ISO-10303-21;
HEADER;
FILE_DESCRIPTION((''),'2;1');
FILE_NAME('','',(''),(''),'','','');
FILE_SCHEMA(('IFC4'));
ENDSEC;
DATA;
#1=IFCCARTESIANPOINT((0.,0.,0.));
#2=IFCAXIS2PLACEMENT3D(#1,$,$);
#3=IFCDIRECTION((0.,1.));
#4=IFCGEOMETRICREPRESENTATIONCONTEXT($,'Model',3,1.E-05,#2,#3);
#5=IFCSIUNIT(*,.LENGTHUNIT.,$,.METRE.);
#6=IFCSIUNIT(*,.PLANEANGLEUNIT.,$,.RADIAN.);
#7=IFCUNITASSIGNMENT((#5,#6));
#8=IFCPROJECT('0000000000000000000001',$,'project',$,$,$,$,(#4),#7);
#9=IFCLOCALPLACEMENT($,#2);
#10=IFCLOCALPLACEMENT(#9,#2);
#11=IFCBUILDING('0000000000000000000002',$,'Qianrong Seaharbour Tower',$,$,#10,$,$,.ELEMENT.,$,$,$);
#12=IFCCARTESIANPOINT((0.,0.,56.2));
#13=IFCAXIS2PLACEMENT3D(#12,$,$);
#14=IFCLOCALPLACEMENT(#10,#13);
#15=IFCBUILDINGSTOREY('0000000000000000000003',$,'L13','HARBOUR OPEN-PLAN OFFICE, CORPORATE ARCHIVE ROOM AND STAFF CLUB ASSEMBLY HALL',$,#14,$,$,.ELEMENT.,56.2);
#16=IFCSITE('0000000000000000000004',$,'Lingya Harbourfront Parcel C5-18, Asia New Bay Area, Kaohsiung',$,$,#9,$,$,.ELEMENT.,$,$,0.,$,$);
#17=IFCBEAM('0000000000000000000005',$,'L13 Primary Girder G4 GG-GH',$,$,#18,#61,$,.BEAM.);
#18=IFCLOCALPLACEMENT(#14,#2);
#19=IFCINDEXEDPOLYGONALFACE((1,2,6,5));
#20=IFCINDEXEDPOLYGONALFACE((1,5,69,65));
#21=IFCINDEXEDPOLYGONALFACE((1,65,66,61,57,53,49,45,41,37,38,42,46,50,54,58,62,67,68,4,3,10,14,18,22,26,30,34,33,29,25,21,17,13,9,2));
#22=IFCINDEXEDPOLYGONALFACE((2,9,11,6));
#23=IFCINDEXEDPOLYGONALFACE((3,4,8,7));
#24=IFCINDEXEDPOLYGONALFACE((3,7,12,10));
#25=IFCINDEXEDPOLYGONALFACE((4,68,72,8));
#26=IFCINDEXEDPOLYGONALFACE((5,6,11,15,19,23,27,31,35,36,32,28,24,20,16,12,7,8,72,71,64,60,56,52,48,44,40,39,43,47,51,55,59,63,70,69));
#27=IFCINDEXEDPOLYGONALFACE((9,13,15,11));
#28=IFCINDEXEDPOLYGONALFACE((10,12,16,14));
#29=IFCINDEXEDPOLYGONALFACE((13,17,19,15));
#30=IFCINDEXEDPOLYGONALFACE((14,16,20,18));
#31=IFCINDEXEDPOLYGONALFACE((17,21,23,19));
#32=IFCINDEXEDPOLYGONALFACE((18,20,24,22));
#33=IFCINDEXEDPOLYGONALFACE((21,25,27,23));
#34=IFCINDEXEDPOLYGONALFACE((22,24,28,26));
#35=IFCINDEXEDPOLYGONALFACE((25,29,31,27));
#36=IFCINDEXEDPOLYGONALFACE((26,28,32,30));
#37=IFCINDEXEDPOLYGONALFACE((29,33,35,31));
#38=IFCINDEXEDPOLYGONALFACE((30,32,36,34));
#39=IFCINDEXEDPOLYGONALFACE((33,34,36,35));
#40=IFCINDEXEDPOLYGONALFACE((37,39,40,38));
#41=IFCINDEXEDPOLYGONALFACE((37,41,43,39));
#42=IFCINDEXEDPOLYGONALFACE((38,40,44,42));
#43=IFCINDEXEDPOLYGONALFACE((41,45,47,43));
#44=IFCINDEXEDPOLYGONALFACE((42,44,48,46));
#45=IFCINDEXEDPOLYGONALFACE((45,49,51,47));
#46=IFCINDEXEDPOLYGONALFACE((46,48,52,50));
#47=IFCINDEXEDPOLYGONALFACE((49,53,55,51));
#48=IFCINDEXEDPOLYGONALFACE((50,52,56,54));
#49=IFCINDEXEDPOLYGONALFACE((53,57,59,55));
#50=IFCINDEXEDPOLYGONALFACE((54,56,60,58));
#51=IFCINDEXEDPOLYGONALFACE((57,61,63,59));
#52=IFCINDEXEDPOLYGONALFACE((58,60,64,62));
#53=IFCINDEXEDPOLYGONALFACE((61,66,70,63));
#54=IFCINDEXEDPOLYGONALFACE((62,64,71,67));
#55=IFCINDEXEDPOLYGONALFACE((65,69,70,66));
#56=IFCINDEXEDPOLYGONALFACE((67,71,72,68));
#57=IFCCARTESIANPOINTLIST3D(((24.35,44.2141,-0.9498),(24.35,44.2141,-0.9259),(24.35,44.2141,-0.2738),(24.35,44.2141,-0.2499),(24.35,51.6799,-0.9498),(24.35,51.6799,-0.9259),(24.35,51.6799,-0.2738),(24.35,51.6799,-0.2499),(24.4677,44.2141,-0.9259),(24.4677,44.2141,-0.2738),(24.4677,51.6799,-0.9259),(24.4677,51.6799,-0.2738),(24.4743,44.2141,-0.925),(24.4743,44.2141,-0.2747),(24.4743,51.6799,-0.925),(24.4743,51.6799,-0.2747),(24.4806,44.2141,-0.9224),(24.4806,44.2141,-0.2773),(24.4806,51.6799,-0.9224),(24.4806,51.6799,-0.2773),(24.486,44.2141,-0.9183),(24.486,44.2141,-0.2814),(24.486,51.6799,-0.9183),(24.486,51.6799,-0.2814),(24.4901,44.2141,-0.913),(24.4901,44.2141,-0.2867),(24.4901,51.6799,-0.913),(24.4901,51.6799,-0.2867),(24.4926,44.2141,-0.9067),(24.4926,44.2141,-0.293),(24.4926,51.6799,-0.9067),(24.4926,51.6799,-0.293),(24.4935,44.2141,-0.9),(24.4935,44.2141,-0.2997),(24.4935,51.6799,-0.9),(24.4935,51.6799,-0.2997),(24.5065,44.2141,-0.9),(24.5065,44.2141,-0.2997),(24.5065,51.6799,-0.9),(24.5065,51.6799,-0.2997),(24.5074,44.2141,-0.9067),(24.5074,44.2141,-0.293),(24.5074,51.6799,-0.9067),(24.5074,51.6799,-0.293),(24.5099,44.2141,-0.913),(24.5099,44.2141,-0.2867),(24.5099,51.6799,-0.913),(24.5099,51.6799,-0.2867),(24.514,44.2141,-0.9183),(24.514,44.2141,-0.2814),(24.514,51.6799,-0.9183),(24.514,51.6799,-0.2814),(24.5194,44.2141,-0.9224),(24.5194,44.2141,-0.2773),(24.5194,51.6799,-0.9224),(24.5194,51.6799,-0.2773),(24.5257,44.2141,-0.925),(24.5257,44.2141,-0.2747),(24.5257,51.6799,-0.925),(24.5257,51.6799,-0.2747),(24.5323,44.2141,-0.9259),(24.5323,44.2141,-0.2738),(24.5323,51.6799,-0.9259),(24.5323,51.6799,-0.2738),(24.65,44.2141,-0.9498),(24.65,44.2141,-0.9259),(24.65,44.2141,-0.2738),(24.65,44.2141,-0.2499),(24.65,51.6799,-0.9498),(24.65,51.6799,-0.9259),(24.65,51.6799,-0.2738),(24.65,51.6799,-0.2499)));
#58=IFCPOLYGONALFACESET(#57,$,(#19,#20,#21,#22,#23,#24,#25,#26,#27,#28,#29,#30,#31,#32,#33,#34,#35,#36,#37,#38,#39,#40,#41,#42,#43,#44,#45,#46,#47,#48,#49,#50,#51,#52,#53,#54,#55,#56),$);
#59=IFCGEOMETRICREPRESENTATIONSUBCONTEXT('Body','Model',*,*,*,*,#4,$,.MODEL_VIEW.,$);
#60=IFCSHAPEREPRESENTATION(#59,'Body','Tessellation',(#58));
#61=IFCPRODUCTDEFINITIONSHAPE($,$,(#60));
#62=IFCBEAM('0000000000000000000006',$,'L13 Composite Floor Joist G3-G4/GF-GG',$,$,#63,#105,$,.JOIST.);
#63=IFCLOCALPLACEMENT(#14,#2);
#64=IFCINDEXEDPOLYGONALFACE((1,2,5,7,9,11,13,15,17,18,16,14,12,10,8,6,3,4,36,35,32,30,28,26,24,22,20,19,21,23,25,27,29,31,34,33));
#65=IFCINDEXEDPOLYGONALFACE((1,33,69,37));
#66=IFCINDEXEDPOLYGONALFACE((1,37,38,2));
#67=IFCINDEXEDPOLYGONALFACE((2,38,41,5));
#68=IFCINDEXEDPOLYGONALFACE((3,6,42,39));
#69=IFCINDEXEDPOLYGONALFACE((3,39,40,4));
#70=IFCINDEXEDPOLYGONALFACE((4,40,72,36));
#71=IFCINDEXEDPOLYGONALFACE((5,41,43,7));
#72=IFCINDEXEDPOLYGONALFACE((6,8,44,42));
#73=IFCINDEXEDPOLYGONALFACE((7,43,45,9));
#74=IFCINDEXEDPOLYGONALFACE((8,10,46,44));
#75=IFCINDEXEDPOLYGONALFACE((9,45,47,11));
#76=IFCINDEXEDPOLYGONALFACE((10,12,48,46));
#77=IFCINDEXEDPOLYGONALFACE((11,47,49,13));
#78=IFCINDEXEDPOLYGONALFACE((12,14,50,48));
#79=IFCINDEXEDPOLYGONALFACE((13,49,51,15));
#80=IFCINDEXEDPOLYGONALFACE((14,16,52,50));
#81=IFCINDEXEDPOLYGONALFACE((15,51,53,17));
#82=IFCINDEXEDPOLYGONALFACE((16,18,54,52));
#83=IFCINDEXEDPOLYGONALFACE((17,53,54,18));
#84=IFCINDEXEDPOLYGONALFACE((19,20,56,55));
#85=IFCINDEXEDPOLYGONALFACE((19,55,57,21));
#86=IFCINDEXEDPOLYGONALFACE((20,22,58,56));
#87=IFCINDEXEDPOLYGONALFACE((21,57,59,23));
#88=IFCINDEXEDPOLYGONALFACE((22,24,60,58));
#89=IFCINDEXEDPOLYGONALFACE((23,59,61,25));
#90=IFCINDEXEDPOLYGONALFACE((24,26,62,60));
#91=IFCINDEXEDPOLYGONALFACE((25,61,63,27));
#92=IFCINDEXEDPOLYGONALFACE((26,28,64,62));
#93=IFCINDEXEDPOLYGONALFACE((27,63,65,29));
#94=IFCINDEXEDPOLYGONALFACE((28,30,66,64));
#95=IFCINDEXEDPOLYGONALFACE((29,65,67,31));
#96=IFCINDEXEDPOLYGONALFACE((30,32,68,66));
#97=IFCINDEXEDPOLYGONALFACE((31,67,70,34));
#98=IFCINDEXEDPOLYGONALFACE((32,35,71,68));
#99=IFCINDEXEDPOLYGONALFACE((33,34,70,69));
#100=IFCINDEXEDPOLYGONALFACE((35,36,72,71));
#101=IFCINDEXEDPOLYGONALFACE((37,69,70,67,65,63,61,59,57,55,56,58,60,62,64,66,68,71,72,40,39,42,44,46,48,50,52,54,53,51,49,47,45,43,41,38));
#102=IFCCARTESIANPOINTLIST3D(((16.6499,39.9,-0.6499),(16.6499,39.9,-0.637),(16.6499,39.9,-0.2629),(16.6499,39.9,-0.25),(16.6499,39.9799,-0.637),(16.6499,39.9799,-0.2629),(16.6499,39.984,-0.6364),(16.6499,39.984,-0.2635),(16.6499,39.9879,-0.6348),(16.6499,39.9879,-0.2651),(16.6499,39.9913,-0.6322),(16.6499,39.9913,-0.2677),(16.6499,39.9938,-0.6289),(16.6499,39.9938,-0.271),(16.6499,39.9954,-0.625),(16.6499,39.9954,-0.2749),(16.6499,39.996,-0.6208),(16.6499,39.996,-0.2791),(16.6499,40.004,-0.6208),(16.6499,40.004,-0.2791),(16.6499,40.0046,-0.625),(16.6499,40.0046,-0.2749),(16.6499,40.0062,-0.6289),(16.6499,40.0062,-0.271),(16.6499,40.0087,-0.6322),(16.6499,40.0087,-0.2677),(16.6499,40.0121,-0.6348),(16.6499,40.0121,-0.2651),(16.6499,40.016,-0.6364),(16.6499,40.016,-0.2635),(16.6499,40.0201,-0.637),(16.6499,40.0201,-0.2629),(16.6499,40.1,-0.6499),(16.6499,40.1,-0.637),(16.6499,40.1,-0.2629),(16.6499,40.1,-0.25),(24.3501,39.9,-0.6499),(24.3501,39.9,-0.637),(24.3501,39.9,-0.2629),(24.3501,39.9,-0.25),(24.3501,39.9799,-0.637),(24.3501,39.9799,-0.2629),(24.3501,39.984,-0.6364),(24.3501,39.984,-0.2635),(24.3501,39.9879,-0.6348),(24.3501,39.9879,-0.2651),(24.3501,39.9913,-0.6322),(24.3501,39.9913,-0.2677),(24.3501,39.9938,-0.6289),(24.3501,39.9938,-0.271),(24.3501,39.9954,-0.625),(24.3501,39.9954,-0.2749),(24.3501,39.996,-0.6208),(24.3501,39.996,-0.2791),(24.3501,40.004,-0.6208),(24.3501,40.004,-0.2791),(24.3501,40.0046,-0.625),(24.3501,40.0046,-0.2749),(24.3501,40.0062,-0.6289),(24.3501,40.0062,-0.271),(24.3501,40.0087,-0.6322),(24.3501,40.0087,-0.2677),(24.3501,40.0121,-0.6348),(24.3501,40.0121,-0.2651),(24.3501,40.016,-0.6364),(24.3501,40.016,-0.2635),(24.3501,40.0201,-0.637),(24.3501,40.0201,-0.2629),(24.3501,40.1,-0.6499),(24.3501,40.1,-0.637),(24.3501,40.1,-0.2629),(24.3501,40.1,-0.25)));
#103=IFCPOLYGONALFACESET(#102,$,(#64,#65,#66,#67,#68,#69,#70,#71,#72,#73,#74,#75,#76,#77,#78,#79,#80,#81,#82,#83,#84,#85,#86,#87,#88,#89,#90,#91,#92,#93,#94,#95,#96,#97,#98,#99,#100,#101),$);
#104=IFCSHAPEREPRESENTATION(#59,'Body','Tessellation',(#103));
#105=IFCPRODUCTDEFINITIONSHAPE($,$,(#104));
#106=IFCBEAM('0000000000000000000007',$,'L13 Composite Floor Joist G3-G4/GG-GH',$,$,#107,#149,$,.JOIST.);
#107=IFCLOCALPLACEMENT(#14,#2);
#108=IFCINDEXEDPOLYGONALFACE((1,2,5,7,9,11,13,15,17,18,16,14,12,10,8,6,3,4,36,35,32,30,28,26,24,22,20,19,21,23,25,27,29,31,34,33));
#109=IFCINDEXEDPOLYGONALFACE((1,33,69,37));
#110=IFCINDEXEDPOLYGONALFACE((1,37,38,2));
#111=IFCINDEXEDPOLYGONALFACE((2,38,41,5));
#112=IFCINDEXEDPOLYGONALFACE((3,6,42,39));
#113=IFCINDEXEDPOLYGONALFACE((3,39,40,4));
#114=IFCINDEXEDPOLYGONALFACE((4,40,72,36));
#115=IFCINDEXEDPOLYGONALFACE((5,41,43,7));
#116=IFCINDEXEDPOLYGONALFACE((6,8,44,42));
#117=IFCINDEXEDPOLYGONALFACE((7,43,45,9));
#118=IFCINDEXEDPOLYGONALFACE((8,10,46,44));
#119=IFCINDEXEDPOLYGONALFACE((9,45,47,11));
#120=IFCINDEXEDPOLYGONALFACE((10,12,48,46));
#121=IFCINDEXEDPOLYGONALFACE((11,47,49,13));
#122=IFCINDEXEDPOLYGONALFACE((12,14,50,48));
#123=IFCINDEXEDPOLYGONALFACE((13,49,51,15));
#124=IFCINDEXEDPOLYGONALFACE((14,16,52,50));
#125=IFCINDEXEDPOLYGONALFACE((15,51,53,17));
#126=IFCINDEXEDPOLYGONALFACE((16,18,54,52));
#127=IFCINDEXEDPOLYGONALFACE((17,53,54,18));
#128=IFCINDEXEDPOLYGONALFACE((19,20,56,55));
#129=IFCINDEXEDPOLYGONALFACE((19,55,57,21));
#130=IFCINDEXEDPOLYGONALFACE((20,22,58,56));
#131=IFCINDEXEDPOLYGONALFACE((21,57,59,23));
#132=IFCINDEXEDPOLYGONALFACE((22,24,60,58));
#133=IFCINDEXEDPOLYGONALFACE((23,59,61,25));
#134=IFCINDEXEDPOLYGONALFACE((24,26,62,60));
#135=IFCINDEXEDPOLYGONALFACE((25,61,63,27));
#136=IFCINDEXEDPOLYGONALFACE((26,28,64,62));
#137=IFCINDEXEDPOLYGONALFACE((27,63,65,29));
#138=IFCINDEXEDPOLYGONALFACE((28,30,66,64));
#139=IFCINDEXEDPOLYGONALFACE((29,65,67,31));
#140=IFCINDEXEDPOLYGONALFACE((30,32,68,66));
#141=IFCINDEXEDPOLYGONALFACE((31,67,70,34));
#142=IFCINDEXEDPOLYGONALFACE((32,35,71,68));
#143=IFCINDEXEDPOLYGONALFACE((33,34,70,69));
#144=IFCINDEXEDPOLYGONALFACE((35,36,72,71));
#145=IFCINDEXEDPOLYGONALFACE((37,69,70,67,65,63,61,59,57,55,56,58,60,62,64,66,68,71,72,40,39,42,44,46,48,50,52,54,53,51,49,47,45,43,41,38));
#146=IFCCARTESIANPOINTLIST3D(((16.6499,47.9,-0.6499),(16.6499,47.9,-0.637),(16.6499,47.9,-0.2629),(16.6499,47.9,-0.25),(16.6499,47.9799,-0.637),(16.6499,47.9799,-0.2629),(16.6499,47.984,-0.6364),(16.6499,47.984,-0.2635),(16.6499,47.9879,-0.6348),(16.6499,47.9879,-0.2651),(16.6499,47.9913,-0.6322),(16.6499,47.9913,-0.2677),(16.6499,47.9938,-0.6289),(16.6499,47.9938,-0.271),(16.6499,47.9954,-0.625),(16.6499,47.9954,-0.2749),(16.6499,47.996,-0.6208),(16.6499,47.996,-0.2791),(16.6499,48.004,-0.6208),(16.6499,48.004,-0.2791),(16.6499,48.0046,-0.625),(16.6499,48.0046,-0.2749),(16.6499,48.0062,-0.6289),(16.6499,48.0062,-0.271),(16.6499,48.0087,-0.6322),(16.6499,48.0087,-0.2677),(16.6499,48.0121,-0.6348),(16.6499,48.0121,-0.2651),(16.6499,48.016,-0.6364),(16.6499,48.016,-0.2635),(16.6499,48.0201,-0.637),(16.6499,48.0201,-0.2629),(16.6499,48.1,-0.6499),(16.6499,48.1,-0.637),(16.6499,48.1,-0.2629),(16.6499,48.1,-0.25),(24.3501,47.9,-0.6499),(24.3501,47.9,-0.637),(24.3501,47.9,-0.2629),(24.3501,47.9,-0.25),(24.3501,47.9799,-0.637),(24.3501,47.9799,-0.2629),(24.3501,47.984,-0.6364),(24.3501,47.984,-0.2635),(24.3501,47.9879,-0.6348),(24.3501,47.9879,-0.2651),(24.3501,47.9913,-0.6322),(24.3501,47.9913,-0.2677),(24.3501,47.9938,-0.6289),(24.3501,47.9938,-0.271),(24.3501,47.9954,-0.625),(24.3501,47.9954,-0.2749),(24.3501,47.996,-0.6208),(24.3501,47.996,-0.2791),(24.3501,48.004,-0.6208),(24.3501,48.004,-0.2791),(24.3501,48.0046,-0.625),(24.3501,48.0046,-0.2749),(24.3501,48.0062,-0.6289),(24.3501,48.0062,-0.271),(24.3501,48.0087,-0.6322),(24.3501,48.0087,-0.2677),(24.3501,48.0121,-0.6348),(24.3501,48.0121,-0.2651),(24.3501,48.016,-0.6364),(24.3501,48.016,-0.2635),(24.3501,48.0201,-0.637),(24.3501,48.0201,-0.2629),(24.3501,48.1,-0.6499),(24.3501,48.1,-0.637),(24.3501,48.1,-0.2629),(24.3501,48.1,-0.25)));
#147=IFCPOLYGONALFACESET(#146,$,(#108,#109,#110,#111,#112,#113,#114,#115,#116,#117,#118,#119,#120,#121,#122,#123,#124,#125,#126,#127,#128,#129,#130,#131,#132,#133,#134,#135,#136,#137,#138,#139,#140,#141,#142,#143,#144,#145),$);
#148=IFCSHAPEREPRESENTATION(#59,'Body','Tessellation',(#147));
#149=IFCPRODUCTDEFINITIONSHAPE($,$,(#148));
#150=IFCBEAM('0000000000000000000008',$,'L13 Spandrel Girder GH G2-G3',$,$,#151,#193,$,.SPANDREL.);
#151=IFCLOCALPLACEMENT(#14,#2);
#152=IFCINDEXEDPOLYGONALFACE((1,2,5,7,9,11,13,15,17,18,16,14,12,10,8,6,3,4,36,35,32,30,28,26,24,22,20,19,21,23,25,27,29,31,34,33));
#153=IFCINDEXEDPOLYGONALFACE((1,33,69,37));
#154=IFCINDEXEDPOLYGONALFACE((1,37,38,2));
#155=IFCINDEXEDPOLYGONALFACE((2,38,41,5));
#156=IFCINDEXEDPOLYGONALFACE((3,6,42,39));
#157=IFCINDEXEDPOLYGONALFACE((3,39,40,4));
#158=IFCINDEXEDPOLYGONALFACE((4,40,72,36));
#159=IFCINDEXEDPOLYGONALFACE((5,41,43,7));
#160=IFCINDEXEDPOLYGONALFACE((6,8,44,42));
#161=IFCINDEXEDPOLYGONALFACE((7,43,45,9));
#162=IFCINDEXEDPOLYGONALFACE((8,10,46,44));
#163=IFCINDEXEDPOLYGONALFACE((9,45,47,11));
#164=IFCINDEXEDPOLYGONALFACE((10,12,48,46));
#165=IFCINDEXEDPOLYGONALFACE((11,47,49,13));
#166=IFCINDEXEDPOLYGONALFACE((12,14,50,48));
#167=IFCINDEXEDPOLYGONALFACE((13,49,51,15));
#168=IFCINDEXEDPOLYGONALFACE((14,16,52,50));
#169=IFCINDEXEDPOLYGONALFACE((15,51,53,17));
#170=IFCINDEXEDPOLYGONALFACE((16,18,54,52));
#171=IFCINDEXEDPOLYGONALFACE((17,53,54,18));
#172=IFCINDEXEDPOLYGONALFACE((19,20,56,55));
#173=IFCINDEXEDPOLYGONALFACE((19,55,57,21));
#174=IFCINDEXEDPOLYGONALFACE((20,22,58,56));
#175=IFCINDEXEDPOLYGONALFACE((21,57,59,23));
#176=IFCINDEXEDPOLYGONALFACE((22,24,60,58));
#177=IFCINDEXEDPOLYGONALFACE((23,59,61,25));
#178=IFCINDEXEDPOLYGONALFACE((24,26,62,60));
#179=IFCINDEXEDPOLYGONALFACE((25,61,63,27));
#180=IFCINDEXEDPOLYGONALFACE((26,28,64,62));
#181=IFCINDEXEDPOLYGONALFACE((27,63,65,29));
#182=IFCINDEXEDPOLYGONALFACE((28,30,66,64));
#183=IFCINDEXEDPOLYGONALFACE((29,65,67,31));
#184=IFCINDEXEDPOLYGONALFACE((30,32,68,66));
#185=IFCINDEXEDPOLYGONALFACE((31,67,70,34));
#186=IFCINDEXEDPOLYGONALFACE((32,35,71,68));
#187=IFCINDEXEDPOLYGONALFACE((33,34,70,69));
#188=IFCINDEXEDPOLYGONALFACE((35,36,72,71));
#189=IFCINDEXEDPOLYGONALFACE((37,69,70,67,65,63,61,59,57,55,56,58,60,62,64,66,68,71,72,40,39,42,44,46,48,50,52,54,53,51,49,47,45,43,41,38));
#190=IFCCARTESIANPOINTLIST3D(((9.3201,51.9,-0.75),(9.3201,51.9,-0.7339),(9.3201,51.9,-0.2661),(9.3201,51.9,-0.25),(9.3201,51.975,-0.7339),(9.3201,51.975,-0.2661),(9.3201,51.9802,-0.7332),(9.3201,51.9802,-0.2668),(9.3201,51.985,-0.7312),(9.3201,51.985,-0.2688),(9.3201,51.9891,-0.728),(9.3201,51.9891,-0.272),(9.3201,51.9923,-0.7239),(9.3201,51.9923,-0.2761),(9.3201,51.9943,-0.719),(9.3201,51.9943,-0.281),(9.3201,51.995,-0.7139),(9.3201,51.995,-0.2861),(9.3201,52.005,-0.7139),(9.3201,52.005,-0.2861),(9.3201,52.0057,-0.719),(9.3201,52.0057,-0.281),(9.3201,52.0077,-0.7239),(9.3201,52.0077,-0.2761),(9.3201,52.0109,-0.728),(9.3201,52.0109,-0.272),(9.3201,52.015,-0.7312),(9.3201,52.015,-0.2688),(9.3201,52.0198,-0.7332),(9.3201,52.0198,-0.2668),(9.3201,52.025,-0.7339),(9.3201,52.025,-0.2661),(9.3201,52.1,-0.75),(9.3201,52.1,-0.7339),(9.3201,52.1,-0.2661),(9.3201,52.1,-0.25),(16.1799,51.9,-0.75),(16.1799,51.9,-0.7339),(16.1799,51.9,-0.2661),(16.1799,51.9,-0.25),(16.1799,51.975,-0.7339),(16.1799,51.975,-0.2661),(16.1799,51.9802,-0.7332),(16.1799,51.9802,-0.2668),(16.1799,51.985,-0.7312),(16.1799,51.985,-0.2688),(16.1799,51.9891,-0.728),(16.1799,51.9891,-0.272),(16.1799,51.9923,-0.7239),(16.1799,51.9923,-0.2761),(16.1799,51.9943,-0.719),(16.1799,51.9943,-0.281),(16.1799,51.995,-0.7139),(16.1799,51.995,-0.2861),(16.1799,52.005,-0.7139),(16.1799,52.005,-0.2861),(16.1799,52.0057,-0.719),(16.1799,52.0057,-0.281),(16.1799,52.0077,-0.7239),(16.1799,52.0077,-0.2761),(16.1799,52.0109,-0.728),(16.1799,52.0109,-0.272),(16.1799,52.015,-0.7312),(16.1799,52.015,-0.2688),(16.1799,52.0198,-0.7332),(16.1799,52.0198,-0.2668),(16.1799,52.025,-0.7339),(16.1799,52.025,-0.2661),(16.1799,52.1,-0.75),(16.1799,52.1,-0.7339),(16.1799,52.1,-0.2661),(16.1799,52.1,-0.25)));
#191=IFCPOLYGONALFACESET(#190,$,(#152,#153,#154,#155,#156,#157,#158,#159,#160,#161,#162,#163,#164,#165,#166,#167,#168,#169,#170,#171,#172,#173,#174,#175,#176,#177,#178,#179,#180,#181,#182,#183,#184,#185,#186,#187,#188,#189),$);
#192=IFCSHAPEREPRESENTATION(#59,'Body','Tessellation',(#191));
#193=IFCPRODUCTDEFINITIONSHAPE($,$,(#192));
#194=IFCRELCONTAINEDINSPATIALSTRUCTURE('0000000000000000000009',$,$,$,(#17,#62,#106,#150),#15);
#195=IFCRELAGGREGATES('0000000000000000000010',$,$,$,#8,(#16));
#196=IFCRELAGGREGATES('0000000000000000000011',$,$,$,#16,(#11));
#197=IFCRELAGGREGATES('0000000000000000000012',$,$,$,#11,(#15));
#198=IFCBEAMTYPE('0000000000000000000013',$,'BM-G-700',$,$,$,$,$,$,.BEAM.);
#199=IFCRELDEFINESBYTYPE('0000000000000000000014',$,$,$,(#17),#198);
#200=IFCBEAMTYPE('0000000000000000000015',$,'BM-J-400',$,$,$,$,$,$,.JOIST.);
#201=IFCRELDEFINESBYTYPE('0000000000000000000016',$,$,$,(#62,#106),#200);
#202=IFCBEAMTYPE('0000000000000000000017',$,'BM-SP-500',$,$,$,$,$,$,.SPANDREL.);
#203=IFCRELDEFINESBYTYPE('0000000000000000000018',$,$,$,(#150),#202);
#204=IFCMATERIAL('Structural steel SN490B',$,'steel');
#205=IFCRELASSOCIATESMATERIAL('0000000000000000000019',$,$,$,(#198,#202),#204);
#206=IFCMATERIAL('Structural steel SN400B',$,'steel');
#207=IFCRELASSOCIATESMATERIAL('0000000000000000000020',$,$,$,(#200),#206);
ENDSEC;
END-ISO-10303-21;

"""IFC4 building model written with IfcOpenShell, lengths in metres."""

from ifc_helpers import new_model, si_unit, direction, frame, origin, origin_2d, place, context, subcontext, project, spatial, i_section, extrude, material, material_profile, profile_set, type_object, element, save


model = new_model("IFC4")

# Units and contexts
model_context = context("Model", 3, precision=1e-05, world=origin(), true_north=direction((0.0, 1.0)))
body_context = subcontext(model_context, "Body", "Model", "MODEL_VIEW")
ifc_project = project(units=[si_unit("LENGTHUNIT", "METRE"), si_unit("PLANEANGLEUNIT", "RADIAN")], contexts=[model_context])

# Site, building, storey
site_placement = place(None, origin())
site = spatial("IfcSite", under=ifc_project, at=site_placement, Name="Lingya Harbourfront Parcel C5-18, Asia New Bay Area, Kaohsiung", CompositionType="ELEMENT", RefElevation=0.0)
building_placement = place(site_placement, origin())
building = spatial("IfcBuilding", under=site, at=building_placement, Name="Qianrong Seaharbour Tower", CompositionType="ELEMENT")
storey_placement = place(building_placement, frame((0.0, 0.0, 56.2)))
storey = spatial("IfcBuildingStorey", under=building, at=storey_placement, Name="L13", Description="HARBOUR OPEN-PLAN OFFICE, CORPORATE ARCHIVE ROOM AND STAFF CLUB ASSEMBLY HALL", CompositionType="ELEMENT", Elevation=56.2)

# Shared definitions
ifc_material_1 = material(Name="Structural steel SN490B", Category="steel")

# Beams
ifc_material_profile_1 = material_profile(ifc_material_1, i_section(OverallWidth=0.3, OverallDepth=0.7, WebThickness=0.0129, FlangeThickness=0.0239, FilletRadius=0.0259, at=origin_2d()), Name="H700x300x13x24")
ifc_profile_set_1 = profile_set([ifc_material_profile_1], Name="Structural steel SN490B")
beam_type_1 = type_object("IfcBeamType", Name="BM-G-700", PredefinedType="BEAM", material=ifc_profile_set_1)
beam_1_placement = place(storey_placement, frame((24.5, 44.2141, -0.5999), z_axis=(0.0, 1.0, 0.0), x_axis=(-1.0, 0.0, 0.0)))
element("IfcBeam", 1, at=beam_1_placement, inside=storey, type_object=beam_type_1, Name="L13 Primary Girder G4 GG-GH", PredefinedType="BEAM", context=body_context, shape_type="SweptSolid", body=[
    extrude(i_section(OverallWidth=0.3, OverallDepth=0.7, WebThickness=0.0129, FlangeThickness=0.0239, FilletRadius=0.0259, at=origin_2d()), origin(), (0.0, 0.0, 1.0), 7.4658),
])
ifc_material_2 = material(Name="Structural steel SN400B", Category="steel")
ifc_material_profile_2 = material_profile(ifc_material_2, i_section(OverallWidth=0.2, OverallDepth=0.3999, WebThickness=0.0081, FlangeThickness=0.0129, FilletRadius=0.0161, at=origin_2d()), Name="H400x200x8x13")
ifc_profile_set_2 = profile_set([ifc_material_profile_2], Name="Structural steel SN400B")
beam_type_2 = type_object("IfcBeamType", Name="BM-J-400", PredefinedType="JOIST", material=ifc_profile_set_2)
for number, where, z_axis, x_axis, name in (
    (2, (16.6499, 40.0, -0.45), (1.0, 0.0, 0.0), (0.0, 1.0, 0.0), "L13 Composite Floor Joist G3-G4/GF-GG"),
    (3, (16.6499, 48.0, -0.45), (1.0, 0.0, 0.0), (0.0, 1.0, 0.0), "L13 Composite Floor Joist G3-G4/GG-GH"),
):
    element("IfcBeam", number, at=place(storey_placement, frame(where, z_axis=z_axis, x_axis=x_axis)), inside=storey, type_object=beam_type_2, Name=name, PredefinedType="JOIST", context=body_context, shape_type="SweptSolid", body=[
        extrude(i_section(OverallWidth=0.2, OverallDepth=0.3999, WebThickness=0.0081, FlangeThickness=0.0129, FilletRadius=0.0161, at=origin_2d()), origin(), (0.0, 0.0, 1.0), 7.7002),
    ])
ifc_material_profile_3 = material_profile(ifc_material_1, i_section(OverallWidth=0.2, OverallDepth=0.5, WebThickness=0.01, FlangeThickness=0.0161, FilletRadius=0.02, at=origin_2d()), Name="H500x200x10x16")
ifc_profile_set_3 = profile_set([ifc_material_profile_3], Name="Structural steel SN490B")
beam_type_3 = type_object("IfcBeamType", Name="BM-SP-500", PredefinedType="SPANDREL", material=ifc_profile_set_3)
beam_2_placement = place(storey_placement, frame((9.3201, 52.0, -0.5), z_axis=(1.0, 0.0, 0.0), x_axis=(0.0, 1.0, 0.0)))
element("IfcBeam", 4, at=beam_2_placement, inside=storey, type_object=beam_type_3, Name="L13 Spandrel Girder GH G2-G3", PredefinedType="SPANDREL", context=body_context, shape_type="SweptSolid", body=[
    extrude(i_section(OverallWidth=0.2, OverallDepth=0.5, WebThickness=0.01, FlangeThickness=0.0161, FilletRadius=0.02, at=origin_2d()), origin(), (0.0, 0.0, 1.0), 6.8599),
])

save(model, "model.ifc")
